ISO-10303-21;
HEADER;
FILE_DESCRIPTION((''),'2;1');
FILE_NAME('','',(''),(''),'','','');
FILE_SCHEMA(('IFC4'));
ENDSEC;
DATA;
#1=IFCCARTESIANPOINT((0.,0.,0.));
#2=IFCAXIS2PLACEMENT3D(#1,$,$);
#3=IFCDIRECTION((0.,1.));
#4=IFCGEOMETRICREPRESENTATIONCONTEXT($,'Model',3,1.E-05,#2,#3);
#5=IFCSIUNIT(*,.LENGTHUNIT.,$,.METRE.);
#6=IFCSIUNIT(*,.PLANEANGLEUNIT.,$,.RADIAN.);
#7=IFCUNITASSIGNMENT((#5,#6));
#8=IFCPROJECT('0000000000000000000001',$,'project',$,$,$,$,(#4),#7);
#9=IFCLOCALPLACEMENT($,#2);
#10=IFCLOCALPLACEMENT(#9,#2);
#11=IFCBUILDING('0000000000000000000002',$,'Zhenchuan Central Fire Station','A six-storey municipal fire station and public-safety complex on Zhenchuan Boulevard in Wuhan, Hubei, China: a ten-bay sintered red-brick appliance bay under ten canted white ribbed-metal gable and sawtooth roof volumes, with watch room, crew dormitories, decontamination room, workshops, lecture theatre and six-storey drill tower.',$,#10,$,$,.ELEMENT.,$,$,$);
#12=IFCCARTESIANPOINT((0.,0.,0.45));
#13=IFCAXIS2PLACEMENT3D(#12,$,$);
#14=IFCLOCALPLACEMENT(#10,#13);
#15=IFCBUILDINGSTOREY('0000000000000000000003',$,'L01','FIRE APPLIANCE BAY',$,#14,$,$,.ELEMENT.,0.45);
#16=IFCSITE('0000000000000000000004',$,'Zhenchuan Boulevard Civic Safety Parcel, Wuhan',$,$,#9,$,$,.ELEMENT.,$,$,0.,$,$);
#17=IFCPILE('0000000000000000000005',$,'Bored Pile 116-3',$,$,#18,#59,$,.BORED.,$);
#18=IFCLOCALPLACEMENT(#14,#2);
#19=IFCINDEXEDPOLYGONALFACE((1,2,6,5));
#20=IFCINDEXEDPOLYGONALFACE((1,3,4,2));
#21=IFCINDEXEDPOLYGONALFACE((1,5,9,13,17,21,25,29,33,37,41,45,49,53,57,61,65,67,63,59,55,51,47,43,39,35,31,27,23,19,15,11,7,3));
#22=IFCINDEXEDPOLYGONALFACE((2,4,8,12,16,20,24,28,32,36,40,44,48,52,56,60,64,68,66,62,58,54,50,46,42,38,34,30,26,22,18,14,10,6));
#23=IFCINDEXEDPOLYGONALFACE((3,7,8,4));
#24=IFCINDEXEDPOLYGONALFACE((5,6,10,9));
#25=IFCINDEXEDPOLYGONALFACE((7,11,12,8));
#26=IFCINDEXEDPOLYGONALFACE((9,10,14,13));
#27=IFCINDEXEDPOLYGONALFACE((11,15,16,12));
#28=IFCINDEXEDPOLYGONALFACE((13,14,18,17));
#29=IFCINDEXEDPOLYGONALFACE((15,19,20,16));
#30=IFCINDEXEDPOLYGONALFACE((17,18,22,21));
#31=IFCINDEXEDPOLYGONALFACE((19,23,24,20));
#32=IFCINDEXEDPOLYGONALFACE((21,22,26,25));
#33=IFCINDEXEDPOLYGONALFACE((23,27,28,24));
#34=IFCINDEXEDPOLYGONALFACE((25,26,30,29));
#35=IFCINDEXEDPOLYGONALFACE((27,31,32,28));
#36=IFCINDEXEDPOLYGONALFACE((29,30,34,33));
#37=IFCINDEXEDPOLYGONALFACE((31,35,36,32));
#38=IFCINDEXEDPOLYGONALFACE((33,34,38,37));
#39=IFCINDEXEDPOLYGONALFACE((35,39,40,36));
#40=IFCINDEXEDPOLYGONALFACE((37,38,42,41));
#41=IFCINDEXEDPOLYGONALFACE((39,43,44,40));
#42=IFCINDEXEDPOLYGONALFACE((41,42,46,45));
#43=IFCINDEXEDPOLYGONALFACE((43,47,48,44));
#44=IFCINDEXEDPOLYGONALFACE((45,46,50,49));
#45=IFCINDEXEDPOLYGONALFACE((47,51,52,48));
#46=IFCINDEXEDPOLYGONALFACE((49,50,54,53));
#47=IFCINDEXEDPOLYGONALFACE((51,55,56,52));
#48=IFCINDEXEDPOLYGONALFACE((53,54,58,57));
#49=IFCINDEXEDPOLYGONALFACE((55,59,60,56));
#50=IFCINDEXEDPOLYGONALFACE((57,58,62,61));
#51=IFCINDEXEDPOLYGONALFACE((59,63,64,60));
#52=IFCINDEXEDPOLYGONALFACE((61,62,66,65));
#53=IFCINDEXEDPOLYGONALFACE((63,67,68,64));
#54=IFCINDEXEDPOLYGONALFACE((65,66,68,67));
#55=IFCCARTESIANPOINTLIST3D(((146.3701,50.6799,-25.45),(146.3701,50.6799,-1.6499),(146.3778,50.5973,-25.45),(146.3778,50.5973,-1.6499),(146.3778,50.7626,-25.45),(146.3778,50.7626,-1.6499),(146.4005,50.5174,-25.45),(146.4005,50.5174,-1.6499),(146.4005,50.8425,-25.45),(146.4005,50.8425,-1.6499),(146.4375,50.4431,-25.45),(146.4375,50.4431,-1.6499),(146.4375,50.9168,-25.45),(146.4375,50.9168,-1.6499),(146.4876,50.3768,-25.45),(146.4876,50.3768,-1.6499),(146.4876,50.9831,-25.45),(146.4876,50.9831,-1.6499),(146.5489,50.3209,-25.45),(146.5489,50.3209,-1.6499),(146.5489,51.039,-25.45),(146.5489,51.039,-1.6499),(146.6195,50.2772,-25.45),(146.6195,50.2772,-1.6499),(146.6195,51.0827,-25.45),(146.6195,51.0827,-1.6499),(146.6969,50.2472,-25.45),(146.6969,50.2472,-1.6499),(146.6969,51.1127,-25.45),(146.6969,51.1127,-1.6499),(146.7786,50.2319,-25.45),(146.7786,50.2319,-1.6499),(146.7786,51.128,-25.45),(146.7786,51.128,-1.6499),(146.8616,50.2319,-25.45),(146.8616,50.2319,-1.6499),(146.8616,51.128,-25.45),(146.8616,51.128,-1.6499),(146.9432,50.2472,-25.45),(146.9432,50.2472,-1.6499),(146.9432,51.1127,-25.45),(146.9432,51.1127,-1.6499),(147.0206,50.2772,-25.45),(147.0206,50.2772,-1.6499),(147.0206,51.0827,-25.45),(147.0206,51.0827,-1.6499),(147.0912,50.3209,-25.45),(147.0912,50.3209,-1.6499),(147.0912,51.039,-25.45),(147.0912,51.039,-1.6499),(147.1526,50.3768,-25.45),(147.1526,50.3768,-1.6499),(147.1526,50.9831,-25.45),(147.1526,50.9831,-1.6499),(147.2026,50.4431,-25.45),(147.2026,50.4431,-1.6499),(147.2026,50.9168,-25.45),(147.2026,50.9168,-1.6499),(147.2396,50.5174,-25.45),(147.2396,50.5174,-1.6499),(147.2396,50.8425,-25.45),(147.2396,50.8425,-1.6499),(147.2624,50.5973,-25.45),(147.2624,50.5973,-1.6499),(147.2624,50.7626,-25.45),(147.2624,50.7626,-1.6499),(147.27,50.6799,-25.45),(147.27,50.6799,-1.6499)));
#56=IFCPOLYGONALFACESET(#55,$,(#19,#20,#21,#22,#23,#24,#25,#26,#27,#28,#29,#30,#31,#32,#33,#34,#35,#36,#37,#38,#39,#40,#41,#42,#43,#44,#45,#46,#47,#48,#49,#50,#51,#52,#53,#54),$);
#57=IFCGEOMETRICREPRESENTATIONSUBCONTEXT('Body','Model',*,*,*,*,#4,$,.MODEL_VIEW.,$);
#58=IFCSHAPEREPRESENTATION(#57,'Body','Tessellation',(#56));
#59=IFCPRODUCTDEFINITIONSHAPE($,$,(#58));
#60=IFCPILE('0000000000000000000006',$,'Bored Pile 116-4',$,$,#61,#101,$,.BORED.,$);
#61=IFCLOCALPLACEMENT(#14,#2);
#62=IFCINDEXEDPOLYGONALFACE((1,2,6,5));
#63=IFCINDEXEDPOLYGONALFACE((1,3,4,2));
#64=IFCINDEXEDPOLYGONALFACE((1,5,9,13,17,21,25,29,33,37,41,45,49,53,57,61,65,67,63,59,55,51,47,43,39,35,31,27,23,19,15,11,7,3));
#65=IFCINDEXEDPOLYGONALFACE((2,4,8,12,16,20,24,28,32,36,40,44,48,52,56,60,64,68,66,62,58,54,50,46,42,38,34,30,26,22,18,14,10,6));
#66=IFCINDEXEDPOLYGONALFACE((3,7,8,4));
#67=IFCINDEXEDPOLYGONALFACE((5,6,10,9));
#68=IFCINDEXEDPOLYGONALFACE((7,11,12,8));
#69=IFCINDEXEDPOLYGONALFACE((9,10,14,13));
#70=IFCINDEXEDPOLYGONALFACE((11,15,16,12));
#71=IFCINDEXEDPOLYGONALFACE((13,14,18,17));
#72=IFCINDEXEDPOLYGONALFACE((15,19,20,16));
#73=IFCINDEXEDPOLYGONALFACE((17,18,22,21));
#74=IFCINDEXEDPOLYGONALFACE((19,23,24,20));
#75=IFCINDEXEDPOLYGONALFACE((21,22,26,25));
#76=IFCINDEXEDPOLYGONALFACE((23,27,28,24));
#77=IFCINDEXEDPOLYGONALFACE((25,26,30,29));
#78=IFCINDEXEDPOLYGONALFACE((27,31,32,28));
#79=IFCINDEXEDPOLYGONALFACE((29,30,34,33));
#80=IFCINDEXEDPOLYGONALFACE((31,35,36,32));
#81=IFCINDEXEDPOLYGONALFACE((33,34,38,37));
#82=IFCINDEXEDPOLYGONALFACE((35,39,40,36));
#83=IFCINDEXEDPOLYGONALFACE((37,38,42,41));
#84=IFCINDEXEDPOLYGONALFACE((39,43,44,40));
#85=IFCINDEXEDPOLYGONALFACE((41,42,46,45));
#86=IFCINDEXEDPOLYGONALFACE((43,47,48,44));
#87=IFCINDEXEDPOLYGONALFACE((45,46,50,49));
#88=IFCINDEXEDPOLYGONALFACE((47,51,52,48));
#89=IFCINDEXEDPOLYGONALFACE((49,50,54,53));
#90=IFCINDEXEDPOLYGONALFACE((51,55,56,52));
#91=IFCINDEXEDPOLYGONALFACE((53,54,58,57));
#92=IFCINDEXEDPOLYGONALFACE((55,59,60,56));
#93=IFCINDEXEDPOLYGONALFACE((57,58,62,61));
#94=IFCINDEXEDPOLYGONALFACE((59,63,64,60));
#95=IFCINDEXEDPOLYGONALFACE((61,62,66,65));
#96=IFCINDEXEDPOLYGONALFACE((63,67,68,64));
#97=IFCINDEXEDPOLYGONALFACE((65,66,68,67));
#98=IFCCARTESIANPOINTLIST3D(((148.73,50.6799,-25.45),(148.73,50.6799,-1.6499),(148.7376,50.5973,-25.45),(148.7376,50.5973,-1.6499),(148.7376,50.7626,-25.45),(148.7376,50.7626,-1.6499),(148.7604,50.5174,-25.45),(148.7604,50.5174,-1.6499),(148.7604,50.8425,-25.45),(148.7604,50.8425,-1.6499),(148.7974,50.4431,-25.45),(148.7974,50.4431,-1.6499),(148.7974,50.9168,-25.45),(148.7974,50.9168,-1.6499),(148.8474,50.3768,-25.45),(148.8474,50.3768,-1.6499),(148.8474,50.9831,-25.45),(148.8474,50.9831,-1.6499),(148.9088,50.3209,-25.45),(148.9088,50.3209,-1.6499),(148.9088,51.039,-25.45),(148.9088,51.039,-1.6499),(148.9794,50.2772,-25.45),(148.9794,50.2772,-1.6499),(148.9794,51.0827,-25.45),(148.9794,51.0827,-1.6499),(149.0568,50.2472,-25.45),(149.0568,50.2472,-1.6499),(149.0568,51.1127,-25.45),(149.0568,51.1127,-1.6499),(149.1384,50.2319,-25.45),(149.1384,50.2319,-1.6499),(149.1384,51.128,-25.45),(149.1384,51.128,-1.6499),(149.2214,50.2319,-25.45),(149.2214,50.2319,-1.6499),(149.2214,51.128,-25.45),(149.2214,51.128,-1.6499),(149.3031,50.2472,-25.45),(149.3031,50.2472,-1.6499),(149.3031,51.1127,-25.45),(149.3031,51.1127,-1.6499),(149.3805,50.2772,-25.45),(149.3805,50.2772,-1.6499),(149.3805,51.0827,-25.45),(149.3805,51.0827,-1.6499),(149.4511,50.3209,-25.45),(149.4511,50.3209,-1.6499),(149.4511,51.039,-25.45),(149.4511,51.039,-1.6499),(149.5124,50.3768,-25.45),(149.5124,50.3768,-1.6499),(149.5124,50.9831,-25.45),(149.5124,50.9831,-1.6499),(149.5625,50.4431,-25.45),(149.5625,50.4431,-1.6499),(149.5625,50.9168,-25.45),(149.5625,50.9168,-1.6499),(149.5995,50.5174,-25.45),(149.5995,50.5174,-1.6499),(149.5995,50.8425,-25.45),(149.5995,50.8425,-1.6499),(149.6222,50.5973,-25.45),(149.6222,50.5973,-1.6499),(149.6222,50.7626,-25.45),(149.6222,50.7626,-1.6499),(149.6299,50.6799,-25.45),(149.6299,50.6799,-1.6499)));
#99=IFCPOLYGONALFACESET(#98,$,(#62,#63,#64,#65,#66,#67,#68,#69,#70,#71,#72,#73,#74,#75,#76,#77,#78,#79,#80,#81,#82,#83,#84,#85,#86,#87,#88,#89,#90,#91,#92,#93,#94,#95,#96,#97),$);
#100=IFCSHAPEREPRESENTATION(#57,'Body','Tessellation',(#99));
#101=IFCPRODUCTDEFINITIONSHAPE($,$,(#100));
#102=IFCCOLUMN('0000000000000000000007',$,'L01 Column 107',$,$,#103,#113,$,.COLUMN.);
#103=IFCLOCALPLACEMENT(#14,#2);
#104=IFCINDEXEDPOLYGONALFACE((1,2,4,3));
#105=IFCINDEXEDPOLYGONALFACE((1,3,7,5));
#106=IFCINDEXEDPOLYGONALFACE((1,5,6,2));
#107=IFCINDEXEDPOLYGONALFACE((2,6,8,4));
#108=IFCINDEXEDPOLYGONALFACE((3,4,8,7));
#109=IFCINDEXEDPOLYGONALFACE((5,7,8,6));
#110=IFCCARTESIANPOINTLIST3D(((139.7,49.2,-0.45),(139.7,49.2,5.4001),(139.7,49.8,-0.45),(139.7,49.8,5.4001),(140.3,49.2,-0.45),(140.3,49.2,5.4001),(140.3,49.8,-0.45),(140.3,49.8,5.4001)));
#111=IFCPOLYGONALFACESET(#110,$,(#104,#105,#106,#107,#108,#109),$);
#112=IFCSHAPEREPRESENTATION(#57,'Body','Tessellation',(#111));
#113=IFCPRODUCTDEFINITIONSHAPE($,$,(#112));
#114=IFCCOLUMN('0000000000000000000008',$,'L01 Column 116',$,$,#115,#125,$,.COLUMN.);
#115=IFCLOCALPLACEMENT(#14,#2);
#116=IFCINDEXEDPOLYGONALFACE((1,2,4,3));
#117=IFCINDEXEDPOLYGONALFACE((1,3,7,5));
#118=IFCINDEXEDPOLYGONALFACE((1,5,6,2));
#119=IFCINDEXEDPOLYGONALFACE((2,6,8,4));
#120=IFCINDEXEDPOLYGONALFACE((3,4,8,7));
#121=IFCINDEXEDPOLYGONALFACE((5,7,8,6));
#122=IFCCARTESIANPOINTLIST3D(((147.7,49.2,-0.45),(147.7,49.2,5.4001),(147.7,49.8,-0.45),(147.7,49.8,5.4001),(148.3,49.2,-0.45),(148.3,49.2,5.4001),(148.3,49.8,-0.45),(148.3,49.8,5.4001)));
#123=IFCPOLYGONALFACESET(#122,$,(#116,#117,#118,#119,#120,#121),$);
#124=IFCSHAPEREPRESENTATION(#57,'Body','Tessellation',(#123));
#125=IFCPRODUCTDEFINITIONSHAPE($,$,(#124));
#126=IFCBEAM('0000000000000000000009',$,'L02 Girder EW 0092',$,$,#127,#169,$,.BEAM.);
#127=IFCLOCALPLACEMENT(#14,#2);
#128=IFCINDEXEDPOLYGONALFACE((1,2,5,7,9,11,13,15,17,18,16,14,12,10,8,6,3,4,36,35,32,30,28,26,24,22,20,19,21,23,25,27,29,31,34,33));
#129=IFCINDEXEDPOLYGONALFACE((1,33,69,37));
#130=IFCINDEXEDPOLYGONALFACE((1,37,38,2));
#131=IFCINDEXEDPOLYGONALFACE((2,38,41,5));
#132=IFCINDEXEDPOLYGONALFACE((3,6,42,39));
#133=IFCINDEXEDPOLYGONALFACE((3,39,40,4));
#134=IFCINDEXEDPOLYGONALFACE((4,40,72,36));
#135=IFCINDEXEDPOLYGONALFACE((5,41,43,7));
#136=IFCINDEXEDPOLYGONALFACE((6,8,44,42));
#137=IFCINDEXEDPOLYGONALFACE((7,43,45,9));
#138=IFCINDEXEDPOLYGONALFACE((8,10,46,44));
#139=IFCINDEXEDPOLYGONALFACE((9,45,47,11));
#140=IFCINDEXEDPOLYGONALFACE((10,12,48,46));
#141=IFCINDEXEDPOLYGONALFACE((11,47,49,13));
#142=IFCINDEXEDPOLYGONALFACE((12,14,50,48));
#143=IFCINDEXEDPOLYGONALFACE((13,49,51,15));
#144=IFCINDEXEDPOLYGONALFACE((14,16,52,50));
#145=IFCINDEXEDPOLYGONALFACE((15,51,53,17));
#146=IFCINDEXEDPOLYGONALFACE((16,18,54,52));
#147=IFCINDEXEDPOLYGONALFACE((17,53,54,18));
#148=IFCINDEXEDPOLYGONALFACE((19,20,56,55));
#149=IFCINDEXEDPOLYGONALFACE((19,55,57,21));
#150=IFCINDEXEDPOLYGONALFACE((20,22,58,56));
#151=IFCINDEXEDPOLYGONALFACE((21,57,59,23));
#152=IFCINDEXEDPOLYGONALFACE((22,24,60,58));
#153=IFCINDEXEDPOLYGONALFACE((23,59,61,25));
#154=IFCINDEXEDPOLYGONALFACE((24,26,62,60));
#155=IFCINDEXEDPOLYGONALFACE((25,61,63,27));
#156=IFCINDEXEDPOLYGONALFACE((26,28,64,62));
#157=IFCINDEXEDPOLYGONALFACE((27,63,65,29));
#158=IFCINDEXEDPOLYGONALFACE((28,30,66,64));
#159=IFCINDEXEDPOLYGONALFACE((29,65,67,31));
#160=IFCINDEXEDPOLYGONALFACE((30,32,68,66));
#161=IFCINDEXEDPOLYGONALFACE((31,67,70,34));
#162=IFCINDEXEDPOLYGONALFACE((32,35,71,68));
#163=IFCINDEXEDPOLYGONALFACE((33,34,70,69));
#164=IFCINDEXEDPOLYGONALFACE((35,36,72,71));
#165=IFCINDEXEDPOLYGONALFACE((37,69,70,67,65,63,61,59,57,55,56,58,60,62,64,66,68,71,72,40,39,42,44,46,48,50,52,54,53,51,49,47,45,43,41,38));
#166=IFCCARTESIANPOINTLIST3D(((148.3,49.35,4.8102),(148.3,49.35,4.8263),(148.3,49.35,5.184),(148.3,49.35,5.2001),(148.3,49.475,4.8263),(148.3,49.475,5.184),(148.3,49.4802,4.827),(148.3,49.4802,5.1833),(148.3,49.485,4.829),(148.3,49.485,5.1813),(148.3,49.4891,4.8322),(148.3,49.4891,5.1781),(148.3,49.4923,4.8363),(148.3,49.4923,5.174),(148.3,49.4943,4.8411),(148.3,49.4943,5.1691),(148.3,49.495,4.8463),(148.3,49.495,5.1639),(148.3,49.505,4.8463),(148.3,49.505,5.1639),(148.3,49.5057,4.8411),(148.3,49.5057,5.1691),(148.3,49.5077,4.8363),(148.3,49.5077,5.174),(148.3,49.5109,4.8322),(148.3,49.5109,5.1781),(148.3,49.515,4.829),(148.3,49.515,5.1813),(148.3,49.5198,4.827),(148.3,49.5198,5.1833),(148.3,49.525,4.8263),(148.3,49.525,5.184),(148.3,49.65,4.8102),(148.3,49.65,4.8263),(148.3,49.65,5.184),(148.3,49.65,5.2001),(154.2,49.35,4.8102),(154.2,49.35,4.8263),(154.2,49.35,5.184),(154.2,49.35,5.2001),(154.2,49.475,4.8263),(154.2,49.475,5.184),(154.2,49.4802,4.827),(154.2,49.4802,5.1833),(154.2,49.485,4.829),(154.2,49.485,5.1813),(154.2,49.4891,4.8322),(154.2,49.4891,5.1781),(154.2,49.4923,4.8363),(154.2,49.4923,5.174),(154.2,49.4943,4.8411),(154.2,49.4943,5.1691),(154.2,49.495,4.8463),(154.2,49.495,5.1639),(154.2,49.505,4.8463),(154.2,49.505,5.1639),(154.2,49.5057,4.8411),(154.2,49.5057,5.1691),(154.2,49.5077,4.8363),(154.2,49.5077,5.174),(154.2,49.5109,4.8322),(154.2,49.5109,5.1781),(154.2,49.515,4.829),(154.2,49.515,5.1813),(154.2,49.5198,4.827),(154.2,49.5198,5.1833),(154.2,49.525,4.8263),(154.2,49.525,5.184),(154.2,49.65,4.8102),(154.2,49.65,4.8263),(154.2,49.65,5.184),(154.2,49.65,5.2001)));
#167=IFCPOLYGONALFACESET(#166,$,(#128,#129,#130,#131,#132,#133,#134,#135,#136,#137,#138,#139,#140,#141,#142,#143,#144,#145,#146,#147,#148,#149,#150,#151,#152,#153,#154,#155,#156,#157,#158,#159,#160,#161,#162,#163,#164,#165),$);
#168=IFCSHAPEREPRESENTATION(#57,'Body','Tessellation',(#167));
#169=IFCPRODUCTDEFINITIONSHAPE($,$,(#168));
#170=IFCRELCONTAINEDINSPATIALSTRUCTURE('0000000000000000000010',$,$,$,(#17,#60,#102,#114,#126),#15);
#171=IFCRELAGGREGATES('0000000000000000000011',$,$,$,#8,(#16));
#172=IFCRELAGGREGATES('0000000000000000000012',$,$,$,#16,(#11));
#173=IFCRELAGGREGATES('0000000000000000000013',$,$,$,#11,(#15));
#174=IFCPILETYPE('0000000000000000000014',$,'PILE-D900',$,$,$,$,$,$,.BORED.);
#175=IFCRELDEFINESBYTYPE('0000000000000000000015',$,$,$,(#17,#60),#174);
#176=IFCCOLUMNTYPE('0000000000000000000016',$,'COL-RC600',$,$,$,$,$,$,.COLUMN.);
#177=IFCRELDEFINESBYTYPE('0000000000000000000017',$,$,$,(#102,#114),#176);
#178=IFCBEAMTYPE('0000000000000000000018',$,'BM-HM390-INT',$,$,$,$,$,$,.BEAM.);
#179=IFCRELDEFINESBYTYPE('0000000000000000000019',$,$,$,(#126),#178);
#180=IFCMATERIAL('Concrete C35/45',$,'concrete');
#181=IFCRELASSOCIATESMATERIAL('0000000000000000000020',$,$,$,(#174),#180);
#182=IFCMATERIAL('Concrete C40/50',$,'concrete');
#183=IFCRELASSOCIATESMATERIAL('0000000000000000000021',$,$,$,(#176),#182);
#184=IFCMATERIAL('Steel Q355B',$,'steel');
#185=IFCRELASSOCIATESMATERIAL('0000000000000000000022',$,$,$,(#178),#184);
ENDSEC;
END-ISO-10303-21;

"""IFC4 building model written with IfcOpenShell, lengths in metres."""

from ifc_helpers import new_model, si_unit, direction, frame, origin, origin_2d, place, context, subcontext, project, spatial, rectangle, circle, i_section, extrude, material, material_profile, profile_set, type_object, element, save


model = new_model("IFC4")

# Units and contexts
model_context = context("Model", 3, precision=1e-05, world=origin(), true_north=direction((0.0, 1.0)))
body_context = subcontext(model_context, "Body", "Model", "MODEL_VIEW")
ifc_project = project(units=[si_unit("LENGTHUNIT", "METRE"), si_unit("PLANEANGLEUNIT", "RADIAN")], contexts=[model_context])

# Site, building, storey
site_placement = place(None, origin())
site = spatial("IfcSite", under=ifc_project, at=site_placement, Name="Zhenchuan Boulevard Civic Safety Parcel, Wuhan", CompositionType="ELEMENT", RefElevation=0.0)
building_placement = place(site_placement, origin())
building = spatial("IfcBuilding", under=site, at=building_placement, Name="Zhenchuan Central Fire Station", Description="A six-storey municipal fire station and public-safety complex on Zhenchuan Boulevard in Wuhan, Hubei, China: a ten-bay sintered red-brick appliance bay under ten canted white ribbed-metal gable and sawtooth roof volumes, with watch room, crew dormitories, decontamination room, workshops, lecture theatre and six-storey drill tower.", CompositionType="ELEMENT")
storey_placement = place(building_placement, frame((0.0, 0.0, 0.45)))
storey = spatial("IfcBuildingStorey", under=building, at=storey_placement, Name="L01", Description="FIRE APPLIANCE BAY", CompositionType="ELEMENT", Elevation=0.45)

# Shared definitions
ifc_material_1 = material(Name="Concrete C40/50", Category="concrete")

# Piles
ifc_material_2 = material(Name="Concrete C35/45", Category="concrete")
ifc_material_profile_1 = material_profile(ifc_material_2, circle(Radius=0.45, at=origin_2d()), Name="PILE D900")
ifc_profile_set_1 = profile_set([ifc_material_profile_1], Name="Concrete C35/45")
pile_type_1 = type_object("IfcPileType", Name="PILE-D900", PredefinedType="BORED", material=ifc_profile_set_1)
for number, where, z_axis, x_axis, name in (
    (1, (146.8201, 50.6799, -1.6499), (0.0, 0.0, -1.0), (1.0, 0.0, 0.0), "Bored Pile 116-3"),
    (2, (149.1799, 50.6799, -1.6499), (0.0, 0.0, -1.0), (1.0, 0.0, 0.0), "Bored Pile 116-4"),
):
    element("IfcPile", number, at=place(storey_placement, frame(where, z_axis=z_axis, x_axis=x_axis)), inside=storey, type_object=pile_type_1, Name=name, PredefinedType="BORED", context=body_context, shape_type="SweptSolid", body=[
        extrude(circle(Radius=0.45, at=origin_2d()), origin(), (0.0, 0.0, 1.0), 23.8),
    ])

# Columns
ifc_material_profile_2 = material_profile(ifc_material_1, rectangle(XDim=0.6001, YDim=0.6001, at=origin_2d()), Name="RC 600x600")
ifc_profile_set_2 = profile_set([ifc_material_profile_2], Name="Concrete C40/50")
column_type = type_object("IfcColumnType", Name="COL-RC600", PredefinedType="COLUMN", material=ifc_profile_set_2)
for number, where, z_axis, x_axis, name in (
    (3, (140.0, 49.5, -0.45), (0.0, 0.0, 1.0), (1.0, 0.0, 0.0), "L01 Column 107"),
    (4, (148.0, 49.5, -0.45), (0.0, 0.0, 1.0), (1.0, 0.0, 0.0), "L01 Column 116"),
):
    element("IfcColumn", number, at=place(storey_placement, frame(where, z_axis=z_axis, x_axis=x_axis)), inside=storey, type_object=column_type, Name=name, PredefinedType="COLUMN", context=body_context, shape_type="SweptSolid", body=[
        extrude(rectangle(XDim=0.6001, YDim=0.6001, at=origin_2d()), origin(), (0.0, 0.0, 1.0), 5.8501),
    ])

# Beam
ifc_material_3 = material(Name="Steel Q355B", Category="steel")
ifc_material_profile_3 = material_profile(ifc_material_3, i_section(OverallWidth=0.3, OverallDepth=0.3899, WebThickness=0.01, FlangeThickness=0.0161, FilletRadius=0.02, at=origin_2d()), Name="HM 390x300")
ifc_profile_set_3 = profile_set([ifc_material_profile_3], Name="Steel Q355B")
beam_type_1 = type_object("IfcBeamType", Name="BM-HM390-INT", PredefinedType="BEAM", material=ifc_profile_set_3)
beam_1_placement = place(storey_placement, frame((148.3, 49.5, 5.0051), z_axis=(1.0, 0.0, 0.0), x_axis=(0.0, 1.0, 0.0)))
element("IfcBeam", 5, at=beam_1_placement, inside=storey, type_object=beam_type_1, Name="L02 Girder EW 0092", PredefinedType="BEAM", context=body_context, shape_type="SweptSolid", body=[
    extrude(i_section(OverallWidth=0.3, OverallDepth=0.3899, WebThickness=0.01, FlangeThickness=0.0161, FilletRadius=0.02, at=origin_2d()), origin(), (0.0, 0.0, 1.0), 5.8999),
])

save(model, "model.ifc")
